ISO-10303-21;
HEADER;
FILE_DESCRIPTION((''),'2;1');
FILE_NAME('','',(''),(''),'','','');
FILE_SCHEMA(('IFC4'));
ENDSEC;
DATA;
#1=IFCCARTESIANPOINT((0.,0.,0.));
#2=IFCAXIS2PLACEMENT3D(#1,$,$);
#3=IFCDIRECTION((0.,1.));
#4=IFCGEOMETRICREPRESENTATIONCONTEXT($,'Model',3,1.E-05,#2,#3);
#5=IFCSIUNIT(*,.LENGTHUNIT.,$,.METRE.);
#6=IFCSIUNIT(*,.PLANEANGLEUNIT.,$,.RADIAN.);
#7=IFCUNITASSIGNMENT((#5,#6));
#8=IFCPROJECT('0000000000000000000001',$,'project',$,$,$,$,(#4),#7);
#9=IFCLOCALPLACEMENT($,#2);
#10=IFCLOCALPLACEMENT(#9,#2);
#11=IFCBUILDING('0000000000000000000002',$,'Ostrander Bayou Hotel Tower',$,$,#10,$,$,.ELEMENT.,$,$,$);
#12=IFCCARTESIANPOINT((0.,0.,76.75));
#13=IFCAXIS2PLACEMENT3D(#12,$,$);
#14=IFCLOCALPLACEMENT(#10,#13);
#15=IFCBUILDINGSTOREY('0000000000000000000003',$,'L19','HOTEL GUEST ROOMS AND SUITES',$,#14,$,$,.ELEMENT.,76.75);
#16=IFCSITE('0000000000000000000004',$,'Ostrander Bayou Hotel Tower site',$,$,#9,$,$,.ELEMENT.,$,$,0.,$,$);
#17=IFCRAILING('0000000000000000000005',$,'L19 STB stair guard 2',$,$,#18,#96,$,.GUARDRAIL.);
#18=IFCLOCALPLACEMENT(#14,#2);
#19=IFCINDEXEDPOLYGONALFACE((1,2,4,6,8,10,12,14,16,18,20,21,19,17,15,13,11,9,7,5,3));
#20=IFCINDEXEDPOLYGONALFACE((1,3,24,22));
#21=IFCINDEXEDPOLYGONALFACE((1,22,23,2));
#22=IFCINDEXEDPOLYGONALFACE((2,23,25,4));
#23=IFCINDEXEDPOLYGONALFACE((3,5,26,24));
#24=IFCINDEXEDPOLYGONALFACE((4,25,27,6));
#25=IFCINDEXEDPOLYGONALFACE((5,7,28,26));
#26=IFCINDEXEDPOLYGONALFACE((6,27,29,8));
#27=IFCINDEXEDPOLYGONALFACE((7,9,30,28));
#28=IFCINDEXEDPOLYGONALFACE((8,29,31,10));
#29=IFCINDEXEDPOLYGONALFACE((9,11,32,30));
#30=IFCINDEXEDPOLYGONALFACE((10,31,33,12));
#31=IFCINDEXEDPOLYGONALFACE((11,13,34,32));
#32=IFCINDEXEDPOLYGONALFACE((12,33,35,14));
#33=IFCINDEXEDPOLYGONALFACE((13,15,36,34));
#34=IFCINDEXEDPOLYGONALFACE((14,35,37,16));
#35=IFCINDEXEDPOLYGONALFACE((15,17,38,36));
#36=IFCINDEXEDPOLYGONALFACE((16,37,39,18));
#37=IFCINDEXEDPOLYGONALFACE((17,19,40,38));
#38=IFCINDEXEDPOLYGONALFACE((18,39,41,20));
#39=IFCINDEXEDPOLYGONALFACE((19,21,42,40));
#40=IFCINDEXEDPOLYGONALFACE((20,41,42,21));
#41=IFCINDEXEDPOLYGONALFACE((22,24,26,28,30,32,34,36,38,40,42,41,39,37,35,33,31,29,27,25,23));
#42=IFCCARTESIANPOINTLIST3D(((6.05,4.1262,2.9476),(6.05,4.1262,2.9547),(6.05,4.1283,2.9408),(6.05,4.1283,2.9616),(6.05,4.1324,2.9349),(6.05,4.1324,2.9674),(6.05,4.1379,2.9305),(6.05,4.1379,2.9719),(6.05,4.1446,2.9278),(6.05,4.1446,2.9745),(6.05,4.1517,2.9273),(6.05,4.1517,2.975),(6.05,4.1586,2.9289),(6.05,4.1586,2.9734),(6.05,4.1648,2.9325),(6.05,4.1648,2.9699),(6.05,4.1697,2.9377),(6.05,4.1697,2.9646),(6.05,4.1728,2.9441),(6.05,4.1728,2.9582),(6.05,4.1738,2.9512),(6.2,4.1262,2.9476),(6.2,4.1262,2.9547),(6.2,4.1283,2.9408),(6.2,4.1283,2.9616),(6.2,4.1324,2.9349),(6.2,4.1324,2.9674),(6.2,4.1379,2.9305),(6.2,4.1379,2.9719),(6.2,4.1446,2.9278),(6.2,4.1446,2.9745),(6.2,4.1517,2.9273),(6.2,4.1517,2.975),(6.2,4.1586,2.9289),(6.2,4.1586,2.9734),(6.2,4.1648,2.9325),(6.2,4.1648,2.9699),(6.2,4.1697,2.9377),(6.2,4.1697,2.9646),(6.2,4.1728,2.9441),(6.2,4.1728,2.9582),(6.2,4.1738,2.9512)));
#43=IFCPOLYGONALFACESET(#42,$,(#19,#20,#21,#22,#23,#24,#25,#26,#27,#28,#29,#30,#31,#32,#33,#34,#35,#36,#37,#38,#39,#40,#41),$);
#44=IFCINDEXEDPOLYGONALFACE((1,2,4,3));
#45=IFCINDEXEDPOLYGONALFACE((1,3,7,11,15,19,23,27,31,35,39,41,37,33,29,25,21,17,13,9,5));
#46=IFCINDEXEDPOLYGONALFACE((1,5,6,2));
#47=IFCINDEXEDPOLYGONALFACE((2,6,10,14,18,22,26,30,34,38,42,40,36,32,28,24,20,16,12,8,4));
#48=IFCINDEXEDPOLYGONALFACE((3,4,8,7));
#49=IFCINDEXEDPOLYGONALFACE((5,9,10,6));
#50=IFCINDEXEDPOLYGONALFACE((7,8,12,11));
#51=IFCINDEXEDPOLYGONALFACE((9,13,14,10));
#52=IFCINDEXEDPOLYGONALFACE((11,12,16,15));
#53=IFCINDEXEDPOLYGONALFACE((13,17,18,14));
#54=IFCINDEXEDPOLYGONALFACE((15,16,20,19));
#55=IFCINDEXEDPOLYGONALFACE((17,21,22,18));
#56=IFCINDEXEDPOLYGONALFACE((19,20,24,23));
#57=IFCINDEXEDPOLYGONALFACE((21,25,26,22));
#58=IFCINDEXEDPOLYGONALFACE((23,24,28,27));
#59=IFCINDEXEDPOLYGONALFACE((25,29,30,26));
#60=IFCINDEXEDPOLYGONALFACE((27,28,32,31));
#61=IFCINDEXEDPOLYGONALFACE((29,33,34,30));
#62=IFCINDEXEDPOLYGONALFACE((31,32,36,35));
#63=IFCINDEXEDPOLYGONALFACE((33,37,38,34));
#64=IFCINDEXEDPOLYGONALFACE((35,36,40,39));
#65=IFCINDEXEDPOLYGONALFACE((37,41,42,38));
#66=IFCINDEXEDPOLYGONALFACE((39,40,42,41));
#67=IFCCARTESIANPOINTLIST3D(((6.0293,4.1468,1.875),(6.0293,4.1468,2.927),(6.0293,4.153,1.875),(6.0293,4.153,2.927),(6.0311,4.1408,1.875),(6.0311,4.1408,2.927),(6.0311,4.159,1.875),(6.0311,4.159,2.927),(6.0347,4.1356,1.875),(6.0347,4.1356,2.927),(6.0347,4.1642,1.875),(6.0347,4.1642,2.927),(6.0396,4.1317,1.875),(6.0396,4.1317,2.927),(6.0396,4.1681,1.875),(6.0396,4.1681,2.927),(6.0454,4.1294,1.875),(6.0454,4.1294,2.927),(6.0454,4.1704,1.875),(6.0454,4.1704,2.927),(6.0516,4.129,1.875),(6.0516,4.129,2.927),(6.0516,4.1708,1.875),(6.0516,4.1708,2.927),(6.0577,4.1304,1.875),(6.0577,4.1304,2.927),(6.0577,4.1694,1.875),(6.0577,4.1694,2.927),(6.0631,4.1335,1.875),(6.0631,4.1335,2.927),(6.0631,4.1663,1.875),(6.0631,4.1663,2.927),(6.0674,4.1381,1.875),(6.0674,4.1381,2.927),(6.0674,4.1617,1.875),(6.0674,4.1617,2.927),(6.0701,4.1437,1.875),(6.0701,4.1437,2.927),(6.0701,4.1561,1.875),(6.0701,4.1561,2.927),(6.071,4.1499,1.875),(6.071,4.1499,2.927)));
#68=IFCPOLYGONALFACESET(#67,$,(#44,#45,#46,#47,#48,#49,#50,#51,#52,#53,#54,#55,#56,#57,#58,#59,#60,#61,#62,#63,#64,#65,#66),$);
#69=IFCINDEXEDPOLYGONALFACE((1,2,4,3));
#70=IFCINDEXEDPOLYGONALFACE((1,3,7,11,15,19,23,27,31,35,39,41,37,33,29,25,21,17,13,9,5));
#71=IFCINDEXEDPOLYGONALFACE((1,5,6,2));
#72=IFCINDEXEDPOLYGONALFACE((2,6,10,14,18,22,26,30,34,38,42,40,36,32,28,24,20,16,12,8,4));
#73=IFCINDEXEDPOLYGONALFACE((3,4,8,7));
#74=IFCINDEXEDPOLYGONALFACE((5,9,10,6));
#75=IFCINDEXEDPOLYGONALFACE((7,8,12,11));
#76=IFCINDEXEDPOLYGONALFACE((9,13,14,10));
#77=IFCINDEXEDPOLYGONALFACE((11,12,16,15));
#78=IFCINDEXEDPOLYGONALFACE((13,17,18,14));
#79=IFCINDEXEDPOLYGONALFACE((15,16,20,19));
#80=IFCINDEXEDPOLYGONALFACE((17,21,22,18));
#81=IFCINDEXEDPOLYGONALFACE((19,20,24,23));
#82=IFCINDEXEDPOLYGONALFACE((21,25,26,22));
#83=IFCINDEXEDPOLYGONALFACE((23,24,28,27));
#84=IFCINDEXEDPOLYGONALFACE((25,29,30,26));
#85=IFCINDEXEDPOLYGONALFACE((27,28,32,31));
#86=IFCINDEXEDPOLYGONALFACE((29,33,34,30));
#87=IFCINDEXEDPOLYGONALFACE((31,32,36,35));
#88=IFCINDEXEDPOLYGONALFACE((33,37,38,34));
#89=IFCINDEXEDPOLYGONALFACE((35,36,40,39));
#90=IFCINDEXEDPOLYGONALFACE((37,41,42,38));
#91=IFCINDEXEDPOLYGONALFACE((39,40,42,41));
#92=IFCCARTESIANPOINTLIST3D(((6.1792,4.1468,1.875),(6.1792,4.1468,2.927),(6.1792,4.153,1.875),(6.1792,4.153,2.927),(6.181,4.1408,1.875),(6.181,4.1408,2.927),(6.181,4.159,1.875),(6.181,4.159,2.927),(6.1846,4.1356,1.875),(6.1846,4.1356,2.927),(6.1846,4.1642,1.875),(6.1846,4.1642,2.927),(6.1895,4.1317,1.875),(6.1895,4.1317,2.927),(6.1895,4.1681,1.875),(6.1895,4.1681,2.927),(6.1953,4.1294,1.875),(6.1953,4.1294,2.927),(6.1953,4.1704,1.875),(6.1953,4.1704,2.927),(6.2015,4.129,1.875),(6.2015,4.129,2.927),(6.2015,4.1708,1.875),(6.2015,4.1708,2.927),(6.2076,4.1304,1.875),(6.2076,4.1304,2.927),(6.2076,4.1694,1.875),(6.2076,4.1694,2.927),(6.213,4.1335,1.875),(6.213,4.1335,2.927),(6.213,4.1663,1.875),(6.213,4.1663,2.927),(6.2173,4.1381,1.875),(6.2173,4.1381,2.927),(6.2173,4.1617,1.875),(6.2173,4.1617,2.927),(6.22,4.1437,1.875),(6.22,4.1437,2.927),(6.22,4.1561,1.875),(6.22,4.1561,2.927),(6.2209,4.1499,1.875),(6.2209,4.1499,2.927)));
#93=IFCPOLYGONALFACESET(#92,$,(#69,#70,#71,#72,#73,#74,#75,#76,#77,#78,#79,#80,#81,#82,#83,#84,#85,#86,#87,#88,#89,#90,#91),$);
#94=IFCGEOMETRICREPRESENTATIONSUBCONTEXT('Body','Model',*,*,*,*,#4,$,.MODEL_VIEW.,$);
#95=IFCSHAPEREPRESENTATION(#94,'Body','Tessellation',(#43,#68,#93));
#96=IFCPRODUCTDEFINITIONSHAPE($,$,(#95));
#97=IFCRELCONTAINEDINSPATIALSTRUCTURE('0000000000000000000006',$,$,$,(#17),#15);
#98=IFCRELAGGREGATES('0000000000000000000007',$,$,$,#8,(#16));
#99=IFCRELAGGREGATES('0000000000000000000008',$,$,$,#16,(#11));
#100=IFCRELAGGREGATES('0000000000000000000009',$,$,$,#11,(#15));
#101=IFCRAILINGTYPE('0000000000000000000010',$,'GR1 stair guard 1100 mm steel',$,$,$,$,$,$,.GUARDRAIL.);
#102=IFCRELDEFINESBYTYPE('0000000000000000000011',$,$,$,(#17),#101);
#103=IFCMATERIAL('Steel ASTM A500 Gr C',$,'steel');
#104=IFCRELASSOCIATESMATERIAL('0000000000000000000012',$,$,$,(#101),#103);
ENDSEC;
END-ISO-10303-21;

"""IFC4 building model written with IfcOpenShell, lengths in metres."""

from ifc_helpers import new_model, si_unit, direction, frame, origin, origin_2d, place, context, subcontext, project, spatial, circle, extrude, material, type_object, element, save


model = new_model("IFC4")

# Units and contexts
model_context = context("Model", 3, precision=1e-05, world=origin(), true_north=direction((0.0, 1.0)))
body_context = subcontext(model_context, "Body", "Model", "MODEL_VIEW")
ifc_project = project(units=[si_unit("LENGTHUNIT", "METRE"), si_unit("PLANEANGLEUNIT", "RADIAN")], contexts=[model_context])

# Site, building, storey
site_placement = place(None, origin())
site = spatial("IfcSite", under=ifc_project, at=site_placement, Name="Ostrander Bayou Hotel Tower site", CompositionType="ELEMENT", RefElevation=0.0)
building_placement = place(site_placement, origin())
building = spatial("IfcBuilding", under=site, at=building_placement, Name="Ostrander Bayou Hotel Tower", CompositionType="ELEMENT")
storey_placement = place(building_placement, frame((0.0, 0.0, 76.75)))
storey = spatial("IfcBuildingStorey", under=building, at=storey_placement, Name="L19", Description="HOTEL GUEST ROOMS AND SUITES", CompositionType="ELEMENT", Elevation=76.75)

# Railing
ifc_material_1 = material(Name="Steel ASTM A500 Gr C", Category="steel")
railing_type_1 = type_object("IfcRailingType", Name="GR1 stair guard 1100 mm steel", PredefinedType="GUARDRAIL", material=ifc_material_1)
railing_1_placement = place(storey_placement, frame((6.05, 4.1499, 1.875)))
element("IfcRailing", 1, at=railing_1_placement, inside=storey, type_object=railing_type_1, Name="L19 STB stair guard 2", PredefinedType="GUARDRAIL", context=body_context, shape_type="SweptSolid", body=[
    extrude(circle(Radius=0.0239, at=origin_2d()), frame((0.0, 0.0, 1.0762), z_axis=(1.0, 0.0, 0.0), x_axis=(0.0, 1.0, 0.0)), (0.0, 0.0, 1.0), 0.1499),
    extrude(circle(Radius=0.021, at=origin_2d()), origin(), (0.0, 0.0, 1.0), 1.052),
    extrude(circle(Radius=0.021, at=origin_2d()), frame((0.1499, 0.0, 0.0)), (0.0, 0.0, 1.0), 1.052),
])

save(model, "model.ifc")
